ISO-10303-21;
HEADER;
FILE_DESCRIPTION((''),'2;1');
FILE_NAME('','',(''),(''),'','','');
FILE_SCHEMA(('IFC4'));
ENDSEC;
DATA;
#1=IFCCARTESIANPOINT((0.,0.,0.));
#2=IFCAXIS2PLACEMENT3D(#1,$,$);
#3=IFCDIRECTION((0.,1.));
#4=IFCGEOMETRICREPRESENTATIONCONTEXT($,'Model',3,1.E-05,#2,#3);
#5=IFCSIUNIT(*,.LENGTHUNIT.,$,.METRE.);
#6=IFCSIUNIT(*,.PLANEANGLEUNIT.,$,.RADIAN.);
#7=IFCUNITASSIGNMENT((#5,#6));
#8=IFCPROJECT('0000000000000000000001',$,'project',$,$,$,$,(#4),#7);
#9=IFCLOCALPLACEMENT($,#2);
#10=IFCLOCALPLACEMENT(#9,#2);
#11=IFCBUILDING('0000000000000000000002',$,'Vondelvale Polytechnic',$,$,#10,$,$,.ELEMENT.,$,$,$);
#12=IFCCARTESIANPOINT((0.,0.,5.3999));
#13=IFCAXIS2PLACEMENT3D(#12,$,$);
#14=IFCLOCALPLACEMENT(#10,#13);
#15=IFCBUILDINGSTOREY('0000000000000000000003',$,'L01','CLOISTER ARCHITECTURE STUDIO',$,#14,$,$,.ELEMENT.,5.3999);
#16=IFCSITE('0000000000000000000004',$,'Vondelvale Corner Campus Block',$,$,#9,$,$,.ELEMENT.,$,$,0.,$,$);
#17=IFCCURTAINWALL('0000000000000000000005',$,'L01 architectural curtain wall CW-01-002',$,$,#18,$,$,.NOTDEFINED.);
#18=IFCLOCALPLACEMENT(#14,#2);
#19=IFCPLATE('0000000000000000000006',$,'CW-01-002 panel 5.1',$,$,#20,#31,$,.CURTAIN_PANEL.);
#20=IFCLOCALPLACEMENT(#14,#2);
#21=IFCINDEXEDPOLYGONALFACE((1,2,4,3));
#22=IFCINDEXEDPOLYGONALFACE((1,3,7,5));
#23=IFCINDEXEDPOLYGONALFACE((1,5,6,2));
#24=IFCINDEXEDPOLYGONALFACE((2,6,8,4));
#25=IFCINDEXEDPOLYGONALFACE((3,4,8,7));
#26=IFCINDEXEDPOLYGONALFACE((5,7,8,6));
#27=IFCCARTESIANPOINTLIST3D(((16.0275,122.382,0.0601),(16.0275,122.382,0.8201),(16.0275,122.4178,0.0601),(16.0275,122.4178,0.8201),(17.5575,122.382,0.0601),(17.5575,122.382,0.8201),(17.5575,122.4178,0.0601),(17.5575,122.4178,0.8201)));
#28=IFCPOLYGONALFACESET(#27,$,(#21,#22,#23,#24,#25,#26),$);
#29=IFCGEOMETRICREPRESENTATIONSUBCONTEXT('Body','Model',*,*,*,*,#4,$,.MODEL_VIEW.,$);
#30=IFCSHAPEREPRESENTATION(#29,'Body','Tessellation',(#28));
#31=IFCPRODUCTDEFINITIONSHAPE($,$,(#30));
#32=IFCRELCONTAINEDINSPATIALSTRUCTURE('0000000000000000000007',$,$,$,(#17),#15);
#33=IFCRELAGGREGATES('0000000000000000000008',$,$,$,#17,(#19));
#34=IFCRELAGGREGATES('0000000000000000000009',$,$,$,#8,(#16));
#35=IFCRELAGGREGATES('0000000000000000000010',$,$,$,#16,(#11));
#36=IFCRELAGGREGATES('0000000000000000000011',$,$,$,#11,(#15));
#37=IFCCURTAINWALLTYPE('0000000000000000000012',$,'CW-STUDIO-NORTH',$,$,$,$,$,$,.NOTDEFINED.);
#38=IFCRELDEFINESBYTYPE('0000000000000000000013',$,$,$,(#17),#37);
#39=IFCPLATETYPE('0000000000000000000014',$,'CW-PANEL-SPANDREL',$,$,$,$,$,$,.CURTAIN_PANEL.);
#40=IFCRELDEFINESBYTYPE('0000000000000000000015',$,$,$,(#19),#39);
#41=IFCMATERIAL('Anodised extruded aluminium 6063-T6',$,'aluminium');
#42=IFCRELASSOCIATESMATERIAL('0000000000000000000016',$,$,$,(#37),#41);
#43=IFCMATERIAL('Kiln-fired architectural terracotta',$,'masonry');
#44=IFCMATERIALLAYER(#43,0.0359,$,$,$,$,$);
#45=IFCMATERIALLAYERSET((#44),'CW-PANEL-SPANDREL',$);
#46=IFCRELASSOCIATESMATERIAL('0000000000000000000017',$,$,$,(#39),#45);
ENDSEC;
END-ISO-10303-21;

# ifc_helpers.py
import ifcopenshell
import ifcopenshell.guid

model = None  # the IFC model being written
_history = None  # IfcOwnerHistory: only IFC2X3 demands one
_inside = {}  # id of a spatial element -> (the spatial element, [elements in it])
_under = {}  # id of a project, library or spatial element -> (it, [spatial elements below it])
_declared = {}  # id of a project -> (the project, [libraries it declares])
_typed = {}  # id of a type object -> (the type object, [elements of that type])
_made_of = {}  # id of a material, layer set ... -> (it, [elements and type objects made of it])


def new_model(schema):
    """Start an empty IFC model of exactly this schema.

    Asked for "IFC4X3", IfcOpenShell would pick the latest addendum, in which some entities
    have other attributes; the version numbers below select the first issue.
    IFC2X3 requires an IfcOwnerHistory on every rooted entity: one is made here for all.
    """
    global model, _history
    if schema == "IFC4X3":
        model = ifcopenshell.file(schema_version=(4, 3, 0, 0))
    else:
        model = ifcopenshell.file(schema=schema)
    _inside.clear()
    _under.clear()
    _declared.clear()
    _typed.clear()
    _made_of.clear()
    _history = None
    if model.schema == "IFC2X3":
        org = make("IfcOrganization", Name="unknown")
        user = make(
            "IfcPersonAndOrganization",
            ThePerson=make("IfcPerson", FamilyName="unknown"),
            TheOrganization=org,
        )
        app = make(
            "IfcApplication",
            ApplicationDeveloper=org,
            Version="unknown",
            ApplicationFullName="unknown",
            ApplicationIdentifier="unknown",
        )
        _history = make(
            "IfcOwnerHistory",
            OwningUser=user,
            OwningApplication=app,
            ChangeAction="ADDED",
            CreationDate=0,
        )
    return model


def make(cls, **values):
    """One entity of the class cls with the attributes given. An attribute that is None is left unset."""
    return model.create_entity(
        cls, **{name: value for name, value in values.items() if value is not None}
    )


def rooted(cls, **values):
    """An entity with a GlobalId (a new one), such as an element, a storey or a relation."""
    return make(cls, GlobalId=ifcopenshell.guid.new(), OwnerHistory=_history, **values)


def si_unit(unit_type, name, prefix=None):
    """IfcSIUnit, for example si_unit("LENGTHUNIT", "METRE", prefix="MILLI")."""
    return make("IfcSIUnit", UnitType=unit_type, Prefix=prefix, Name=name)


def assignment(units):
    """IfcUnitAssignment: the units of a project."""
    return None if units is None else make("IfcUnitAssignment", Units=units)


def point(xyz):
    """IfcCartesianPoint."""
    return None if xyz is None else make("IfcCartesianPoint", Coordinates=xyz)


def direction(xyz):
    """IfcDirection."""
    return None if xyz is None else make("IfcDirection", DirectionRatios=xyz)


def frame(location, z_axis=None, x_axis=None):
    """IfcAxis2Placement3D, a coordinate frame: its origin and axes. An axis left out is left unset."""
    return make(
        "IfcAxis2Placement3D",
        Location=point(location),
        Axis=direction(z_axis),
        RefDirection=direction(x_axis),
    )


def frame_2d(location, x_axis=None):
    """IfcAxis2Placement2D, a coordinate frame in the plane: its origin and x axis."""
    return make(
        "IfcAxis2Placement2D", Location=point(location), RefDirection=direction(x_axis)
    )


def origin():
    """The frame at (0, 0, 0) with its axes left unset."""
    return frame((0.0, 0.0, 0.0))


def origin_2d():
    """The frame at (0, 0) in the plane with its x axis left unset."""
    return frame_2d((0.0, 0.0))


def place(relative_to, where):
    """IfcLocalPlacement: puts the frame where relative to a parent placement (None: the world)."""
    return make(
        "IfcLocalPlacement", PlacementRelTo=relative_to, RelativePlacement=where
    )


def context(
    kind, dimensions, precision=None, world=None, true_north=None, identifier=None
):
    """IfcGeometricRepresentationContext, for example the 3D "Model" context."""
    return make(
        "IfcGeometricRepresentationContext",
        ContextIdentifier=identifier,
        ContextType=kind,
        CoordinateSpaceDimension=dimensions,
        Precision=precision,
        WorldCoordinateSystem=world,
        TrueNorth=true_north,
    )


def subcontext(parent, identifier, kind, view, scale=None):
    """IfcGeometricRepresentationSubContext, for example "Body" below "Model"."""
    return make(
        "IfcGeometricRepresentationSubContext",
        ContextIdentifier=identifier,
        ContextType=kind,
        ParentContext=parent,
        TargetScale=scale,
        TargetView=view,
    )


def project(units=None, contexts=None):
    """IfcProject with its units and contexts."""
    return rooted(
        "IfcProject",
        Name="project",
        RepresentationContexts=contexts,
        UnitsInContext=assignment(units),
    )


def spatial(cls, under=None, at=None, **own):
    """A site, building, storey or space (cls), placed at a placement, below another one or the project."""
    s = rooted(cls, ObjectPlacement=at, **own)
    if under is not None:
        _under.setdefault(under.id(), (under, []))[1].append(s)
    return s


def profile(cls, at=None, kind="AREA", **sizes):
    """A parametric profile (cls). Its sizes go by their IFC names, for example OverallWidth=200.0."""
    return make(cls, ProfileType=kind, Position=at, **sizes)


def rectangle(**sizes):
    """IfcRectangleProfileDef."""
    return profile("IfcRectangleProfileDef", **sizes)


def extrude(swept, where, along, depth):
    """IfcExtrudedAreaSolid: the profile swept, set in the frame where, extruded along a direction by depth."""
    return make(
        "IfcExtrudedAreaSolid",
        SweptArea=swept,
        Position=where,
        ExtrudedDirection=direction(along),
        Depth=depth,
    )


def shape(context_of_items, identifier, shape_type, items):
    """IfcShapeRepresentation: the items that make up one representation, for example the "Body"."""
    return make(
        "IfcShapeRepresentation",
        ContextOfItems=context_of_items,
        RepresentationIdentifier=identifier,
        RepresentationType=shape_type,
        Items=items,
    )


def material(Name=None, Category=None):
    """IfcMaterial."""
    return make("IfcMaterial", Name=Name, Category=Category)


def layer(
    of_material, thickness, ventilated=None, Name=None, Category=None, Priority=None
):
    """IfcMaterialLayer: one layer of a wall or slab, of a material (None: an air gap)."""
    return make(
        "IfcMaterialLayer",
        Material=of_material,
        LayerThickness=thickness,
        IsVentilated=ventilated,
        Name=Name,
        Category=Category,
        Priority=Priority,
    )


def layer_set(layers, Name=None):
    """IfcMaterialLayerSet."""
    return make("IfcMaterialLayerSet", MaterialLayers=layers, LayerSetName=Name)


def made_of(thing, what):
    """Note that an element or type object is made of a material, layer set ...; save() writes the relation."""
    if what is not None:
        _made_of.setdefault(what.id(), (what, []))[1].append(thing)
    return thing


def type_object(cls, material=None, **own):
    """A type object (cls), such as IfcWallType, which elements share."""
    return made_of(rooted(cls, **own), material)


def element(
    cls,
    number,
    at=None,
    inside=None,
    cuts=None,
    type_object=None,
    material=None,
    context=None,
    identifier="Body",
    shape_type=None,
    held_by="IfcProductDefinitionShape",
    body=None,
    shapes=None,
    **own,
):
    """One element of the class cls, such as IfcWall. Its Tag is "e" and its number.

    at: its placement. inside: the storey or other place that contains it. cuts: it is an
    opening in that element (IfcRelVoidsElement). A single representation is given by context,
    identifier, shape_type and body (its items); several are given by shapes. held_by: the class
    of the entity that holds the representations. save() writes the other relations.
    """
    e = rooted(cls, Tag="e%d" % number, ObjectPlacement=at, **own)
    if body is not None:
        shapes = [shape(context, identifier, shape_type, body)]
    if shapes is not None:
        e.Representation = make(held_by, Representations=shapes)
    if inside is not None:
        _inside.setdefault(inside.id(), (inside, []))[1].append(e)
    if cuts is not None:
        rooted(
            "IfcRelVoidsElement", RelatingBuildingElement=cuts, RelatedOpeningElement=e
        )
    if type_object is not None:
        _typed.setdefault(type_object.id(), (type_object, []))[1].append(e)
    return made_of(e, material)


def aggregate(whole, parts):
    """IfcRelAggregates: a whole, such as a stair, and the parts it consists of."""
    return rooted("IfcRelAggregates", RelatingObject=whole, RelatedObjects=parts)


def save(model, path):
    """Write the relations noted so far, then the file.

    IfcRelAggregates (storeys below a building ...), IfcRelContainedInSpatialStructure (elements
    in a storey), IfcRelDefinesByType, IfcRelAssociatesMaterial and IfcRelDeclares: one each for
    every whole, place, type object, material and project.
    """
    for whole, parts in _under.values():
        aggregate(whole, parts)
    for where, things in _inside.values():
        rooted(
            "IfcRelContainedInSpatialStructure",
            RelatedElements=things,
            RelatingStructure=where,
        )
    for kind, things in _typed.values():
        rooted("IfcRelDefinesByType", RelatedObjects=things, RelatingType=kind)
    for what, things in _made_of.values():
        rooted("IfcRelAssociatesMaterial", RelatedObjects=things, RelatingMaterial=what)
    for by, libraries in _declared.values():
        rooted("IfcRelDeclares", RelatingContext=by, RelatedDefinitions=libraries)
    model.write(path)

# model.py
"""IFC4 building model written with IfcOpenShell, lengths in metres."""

from ifc_helpers import new_model, si_unit, direction, frame, origin, origin_2d, place, context, subcontext, project, spatial, rectangle, extrude, material, layer, layer_set, type_object, element, aggregate, save


model = new_model("IFC4")

# Units and contexts
model_context = context("Model", 3, precision=1e-05, world=origin(), true_north=direction((0.0, 1.0)))
body_context = subcontext(model_context, "Body", "Model", "MODEL_VIEW")
ifc_project = project(units=[si_unit("LENGTHUNIT", "METRE"), si_unit("PLANEANGLEUNIT", "RADIAN")], contexts=[model_context])

# Site, building, storey
site_placement = place(None, origin())
site = spatial("IfcSite", under=ifc_project, at=site_placement, Name="Vondelvale Corner Campus Block", CompositionType="ELEMENT", RefElevation=0.0)
building_placement = place(site_placement, origin())
building = spatial("IfcBuilding", under=site, at=building_placement, Name="Vondelvale Polytechnic", CompositionType="ELEMENT")
storey_placement = place(building_placement, frame((0.0, 0.0, 5.3999)))
storey = spatial("IfcBuildingStorey", under=building, at=storey_placement, Name="L01", Description="CLOISTER ARCHITECTURE STUDIO", CompositionType="ELEMENT", Elevation=5.3999)

# Curtain wall, plate
ifc_material_1 = material(Name="Anodised extruded aluminium 6063-T6", Category="aluminium")
curtain_wall_type = type_object("IfcCurtainWallType", Name="CW-STUDIO-NORTH", PredefinedType="NOTDEFINED", material=ifc_material_1)
curtain_wall_placement = place(storey_placement, origin())
curtain_wall = element("IfcCurtainWall", 1, at=curtain_wall_placement, inside=storey, type_object=curtain_wall_type, Name="L01 architectural curtain wall CW-01-002", PredefinedType="NOTDEFINED")
ifc_material_2 = material(Name="Kiln-fired architectural terracotta", Category="masonry")
ifc_layer_1 = layer(ifc_material_2, 0.0359)
ifc_layer_set_1 = layer_set([ifc_layer_1], Name="CW-PANEL-SPANDREL")
plate_type_1 = type_object("IfcPlateType", Name="CW-PANEL-SPANDREL", PredefinedType="CURTAIN_PANEL", material=ifc_layer_set_1)
plate_1_placement = place(storey_placement, frame((16.7925, 122.3999, 0.0601), z_axis=(0.0, 0.0, 1.0), x_axis=(1.0, 0.0, 0.0)))
plate_1 = element("IfcPlate", 2, at=plate_1_placement, type_object=plate_type_1, Name="CW-01-002 panel 5.1", PredefinedType="CURTAIN_PANEL", context=body_context, shape_type="SweptSolid", body=[
    extrude(rectangle(XDim=1.53, YDim=0.0359, at=origin_2d()), origin(), (0.0, 0.0, 1.0), 0.76),
])
aggregate(curtain_wall, [plate_1])

save(model, "model.ifc")
